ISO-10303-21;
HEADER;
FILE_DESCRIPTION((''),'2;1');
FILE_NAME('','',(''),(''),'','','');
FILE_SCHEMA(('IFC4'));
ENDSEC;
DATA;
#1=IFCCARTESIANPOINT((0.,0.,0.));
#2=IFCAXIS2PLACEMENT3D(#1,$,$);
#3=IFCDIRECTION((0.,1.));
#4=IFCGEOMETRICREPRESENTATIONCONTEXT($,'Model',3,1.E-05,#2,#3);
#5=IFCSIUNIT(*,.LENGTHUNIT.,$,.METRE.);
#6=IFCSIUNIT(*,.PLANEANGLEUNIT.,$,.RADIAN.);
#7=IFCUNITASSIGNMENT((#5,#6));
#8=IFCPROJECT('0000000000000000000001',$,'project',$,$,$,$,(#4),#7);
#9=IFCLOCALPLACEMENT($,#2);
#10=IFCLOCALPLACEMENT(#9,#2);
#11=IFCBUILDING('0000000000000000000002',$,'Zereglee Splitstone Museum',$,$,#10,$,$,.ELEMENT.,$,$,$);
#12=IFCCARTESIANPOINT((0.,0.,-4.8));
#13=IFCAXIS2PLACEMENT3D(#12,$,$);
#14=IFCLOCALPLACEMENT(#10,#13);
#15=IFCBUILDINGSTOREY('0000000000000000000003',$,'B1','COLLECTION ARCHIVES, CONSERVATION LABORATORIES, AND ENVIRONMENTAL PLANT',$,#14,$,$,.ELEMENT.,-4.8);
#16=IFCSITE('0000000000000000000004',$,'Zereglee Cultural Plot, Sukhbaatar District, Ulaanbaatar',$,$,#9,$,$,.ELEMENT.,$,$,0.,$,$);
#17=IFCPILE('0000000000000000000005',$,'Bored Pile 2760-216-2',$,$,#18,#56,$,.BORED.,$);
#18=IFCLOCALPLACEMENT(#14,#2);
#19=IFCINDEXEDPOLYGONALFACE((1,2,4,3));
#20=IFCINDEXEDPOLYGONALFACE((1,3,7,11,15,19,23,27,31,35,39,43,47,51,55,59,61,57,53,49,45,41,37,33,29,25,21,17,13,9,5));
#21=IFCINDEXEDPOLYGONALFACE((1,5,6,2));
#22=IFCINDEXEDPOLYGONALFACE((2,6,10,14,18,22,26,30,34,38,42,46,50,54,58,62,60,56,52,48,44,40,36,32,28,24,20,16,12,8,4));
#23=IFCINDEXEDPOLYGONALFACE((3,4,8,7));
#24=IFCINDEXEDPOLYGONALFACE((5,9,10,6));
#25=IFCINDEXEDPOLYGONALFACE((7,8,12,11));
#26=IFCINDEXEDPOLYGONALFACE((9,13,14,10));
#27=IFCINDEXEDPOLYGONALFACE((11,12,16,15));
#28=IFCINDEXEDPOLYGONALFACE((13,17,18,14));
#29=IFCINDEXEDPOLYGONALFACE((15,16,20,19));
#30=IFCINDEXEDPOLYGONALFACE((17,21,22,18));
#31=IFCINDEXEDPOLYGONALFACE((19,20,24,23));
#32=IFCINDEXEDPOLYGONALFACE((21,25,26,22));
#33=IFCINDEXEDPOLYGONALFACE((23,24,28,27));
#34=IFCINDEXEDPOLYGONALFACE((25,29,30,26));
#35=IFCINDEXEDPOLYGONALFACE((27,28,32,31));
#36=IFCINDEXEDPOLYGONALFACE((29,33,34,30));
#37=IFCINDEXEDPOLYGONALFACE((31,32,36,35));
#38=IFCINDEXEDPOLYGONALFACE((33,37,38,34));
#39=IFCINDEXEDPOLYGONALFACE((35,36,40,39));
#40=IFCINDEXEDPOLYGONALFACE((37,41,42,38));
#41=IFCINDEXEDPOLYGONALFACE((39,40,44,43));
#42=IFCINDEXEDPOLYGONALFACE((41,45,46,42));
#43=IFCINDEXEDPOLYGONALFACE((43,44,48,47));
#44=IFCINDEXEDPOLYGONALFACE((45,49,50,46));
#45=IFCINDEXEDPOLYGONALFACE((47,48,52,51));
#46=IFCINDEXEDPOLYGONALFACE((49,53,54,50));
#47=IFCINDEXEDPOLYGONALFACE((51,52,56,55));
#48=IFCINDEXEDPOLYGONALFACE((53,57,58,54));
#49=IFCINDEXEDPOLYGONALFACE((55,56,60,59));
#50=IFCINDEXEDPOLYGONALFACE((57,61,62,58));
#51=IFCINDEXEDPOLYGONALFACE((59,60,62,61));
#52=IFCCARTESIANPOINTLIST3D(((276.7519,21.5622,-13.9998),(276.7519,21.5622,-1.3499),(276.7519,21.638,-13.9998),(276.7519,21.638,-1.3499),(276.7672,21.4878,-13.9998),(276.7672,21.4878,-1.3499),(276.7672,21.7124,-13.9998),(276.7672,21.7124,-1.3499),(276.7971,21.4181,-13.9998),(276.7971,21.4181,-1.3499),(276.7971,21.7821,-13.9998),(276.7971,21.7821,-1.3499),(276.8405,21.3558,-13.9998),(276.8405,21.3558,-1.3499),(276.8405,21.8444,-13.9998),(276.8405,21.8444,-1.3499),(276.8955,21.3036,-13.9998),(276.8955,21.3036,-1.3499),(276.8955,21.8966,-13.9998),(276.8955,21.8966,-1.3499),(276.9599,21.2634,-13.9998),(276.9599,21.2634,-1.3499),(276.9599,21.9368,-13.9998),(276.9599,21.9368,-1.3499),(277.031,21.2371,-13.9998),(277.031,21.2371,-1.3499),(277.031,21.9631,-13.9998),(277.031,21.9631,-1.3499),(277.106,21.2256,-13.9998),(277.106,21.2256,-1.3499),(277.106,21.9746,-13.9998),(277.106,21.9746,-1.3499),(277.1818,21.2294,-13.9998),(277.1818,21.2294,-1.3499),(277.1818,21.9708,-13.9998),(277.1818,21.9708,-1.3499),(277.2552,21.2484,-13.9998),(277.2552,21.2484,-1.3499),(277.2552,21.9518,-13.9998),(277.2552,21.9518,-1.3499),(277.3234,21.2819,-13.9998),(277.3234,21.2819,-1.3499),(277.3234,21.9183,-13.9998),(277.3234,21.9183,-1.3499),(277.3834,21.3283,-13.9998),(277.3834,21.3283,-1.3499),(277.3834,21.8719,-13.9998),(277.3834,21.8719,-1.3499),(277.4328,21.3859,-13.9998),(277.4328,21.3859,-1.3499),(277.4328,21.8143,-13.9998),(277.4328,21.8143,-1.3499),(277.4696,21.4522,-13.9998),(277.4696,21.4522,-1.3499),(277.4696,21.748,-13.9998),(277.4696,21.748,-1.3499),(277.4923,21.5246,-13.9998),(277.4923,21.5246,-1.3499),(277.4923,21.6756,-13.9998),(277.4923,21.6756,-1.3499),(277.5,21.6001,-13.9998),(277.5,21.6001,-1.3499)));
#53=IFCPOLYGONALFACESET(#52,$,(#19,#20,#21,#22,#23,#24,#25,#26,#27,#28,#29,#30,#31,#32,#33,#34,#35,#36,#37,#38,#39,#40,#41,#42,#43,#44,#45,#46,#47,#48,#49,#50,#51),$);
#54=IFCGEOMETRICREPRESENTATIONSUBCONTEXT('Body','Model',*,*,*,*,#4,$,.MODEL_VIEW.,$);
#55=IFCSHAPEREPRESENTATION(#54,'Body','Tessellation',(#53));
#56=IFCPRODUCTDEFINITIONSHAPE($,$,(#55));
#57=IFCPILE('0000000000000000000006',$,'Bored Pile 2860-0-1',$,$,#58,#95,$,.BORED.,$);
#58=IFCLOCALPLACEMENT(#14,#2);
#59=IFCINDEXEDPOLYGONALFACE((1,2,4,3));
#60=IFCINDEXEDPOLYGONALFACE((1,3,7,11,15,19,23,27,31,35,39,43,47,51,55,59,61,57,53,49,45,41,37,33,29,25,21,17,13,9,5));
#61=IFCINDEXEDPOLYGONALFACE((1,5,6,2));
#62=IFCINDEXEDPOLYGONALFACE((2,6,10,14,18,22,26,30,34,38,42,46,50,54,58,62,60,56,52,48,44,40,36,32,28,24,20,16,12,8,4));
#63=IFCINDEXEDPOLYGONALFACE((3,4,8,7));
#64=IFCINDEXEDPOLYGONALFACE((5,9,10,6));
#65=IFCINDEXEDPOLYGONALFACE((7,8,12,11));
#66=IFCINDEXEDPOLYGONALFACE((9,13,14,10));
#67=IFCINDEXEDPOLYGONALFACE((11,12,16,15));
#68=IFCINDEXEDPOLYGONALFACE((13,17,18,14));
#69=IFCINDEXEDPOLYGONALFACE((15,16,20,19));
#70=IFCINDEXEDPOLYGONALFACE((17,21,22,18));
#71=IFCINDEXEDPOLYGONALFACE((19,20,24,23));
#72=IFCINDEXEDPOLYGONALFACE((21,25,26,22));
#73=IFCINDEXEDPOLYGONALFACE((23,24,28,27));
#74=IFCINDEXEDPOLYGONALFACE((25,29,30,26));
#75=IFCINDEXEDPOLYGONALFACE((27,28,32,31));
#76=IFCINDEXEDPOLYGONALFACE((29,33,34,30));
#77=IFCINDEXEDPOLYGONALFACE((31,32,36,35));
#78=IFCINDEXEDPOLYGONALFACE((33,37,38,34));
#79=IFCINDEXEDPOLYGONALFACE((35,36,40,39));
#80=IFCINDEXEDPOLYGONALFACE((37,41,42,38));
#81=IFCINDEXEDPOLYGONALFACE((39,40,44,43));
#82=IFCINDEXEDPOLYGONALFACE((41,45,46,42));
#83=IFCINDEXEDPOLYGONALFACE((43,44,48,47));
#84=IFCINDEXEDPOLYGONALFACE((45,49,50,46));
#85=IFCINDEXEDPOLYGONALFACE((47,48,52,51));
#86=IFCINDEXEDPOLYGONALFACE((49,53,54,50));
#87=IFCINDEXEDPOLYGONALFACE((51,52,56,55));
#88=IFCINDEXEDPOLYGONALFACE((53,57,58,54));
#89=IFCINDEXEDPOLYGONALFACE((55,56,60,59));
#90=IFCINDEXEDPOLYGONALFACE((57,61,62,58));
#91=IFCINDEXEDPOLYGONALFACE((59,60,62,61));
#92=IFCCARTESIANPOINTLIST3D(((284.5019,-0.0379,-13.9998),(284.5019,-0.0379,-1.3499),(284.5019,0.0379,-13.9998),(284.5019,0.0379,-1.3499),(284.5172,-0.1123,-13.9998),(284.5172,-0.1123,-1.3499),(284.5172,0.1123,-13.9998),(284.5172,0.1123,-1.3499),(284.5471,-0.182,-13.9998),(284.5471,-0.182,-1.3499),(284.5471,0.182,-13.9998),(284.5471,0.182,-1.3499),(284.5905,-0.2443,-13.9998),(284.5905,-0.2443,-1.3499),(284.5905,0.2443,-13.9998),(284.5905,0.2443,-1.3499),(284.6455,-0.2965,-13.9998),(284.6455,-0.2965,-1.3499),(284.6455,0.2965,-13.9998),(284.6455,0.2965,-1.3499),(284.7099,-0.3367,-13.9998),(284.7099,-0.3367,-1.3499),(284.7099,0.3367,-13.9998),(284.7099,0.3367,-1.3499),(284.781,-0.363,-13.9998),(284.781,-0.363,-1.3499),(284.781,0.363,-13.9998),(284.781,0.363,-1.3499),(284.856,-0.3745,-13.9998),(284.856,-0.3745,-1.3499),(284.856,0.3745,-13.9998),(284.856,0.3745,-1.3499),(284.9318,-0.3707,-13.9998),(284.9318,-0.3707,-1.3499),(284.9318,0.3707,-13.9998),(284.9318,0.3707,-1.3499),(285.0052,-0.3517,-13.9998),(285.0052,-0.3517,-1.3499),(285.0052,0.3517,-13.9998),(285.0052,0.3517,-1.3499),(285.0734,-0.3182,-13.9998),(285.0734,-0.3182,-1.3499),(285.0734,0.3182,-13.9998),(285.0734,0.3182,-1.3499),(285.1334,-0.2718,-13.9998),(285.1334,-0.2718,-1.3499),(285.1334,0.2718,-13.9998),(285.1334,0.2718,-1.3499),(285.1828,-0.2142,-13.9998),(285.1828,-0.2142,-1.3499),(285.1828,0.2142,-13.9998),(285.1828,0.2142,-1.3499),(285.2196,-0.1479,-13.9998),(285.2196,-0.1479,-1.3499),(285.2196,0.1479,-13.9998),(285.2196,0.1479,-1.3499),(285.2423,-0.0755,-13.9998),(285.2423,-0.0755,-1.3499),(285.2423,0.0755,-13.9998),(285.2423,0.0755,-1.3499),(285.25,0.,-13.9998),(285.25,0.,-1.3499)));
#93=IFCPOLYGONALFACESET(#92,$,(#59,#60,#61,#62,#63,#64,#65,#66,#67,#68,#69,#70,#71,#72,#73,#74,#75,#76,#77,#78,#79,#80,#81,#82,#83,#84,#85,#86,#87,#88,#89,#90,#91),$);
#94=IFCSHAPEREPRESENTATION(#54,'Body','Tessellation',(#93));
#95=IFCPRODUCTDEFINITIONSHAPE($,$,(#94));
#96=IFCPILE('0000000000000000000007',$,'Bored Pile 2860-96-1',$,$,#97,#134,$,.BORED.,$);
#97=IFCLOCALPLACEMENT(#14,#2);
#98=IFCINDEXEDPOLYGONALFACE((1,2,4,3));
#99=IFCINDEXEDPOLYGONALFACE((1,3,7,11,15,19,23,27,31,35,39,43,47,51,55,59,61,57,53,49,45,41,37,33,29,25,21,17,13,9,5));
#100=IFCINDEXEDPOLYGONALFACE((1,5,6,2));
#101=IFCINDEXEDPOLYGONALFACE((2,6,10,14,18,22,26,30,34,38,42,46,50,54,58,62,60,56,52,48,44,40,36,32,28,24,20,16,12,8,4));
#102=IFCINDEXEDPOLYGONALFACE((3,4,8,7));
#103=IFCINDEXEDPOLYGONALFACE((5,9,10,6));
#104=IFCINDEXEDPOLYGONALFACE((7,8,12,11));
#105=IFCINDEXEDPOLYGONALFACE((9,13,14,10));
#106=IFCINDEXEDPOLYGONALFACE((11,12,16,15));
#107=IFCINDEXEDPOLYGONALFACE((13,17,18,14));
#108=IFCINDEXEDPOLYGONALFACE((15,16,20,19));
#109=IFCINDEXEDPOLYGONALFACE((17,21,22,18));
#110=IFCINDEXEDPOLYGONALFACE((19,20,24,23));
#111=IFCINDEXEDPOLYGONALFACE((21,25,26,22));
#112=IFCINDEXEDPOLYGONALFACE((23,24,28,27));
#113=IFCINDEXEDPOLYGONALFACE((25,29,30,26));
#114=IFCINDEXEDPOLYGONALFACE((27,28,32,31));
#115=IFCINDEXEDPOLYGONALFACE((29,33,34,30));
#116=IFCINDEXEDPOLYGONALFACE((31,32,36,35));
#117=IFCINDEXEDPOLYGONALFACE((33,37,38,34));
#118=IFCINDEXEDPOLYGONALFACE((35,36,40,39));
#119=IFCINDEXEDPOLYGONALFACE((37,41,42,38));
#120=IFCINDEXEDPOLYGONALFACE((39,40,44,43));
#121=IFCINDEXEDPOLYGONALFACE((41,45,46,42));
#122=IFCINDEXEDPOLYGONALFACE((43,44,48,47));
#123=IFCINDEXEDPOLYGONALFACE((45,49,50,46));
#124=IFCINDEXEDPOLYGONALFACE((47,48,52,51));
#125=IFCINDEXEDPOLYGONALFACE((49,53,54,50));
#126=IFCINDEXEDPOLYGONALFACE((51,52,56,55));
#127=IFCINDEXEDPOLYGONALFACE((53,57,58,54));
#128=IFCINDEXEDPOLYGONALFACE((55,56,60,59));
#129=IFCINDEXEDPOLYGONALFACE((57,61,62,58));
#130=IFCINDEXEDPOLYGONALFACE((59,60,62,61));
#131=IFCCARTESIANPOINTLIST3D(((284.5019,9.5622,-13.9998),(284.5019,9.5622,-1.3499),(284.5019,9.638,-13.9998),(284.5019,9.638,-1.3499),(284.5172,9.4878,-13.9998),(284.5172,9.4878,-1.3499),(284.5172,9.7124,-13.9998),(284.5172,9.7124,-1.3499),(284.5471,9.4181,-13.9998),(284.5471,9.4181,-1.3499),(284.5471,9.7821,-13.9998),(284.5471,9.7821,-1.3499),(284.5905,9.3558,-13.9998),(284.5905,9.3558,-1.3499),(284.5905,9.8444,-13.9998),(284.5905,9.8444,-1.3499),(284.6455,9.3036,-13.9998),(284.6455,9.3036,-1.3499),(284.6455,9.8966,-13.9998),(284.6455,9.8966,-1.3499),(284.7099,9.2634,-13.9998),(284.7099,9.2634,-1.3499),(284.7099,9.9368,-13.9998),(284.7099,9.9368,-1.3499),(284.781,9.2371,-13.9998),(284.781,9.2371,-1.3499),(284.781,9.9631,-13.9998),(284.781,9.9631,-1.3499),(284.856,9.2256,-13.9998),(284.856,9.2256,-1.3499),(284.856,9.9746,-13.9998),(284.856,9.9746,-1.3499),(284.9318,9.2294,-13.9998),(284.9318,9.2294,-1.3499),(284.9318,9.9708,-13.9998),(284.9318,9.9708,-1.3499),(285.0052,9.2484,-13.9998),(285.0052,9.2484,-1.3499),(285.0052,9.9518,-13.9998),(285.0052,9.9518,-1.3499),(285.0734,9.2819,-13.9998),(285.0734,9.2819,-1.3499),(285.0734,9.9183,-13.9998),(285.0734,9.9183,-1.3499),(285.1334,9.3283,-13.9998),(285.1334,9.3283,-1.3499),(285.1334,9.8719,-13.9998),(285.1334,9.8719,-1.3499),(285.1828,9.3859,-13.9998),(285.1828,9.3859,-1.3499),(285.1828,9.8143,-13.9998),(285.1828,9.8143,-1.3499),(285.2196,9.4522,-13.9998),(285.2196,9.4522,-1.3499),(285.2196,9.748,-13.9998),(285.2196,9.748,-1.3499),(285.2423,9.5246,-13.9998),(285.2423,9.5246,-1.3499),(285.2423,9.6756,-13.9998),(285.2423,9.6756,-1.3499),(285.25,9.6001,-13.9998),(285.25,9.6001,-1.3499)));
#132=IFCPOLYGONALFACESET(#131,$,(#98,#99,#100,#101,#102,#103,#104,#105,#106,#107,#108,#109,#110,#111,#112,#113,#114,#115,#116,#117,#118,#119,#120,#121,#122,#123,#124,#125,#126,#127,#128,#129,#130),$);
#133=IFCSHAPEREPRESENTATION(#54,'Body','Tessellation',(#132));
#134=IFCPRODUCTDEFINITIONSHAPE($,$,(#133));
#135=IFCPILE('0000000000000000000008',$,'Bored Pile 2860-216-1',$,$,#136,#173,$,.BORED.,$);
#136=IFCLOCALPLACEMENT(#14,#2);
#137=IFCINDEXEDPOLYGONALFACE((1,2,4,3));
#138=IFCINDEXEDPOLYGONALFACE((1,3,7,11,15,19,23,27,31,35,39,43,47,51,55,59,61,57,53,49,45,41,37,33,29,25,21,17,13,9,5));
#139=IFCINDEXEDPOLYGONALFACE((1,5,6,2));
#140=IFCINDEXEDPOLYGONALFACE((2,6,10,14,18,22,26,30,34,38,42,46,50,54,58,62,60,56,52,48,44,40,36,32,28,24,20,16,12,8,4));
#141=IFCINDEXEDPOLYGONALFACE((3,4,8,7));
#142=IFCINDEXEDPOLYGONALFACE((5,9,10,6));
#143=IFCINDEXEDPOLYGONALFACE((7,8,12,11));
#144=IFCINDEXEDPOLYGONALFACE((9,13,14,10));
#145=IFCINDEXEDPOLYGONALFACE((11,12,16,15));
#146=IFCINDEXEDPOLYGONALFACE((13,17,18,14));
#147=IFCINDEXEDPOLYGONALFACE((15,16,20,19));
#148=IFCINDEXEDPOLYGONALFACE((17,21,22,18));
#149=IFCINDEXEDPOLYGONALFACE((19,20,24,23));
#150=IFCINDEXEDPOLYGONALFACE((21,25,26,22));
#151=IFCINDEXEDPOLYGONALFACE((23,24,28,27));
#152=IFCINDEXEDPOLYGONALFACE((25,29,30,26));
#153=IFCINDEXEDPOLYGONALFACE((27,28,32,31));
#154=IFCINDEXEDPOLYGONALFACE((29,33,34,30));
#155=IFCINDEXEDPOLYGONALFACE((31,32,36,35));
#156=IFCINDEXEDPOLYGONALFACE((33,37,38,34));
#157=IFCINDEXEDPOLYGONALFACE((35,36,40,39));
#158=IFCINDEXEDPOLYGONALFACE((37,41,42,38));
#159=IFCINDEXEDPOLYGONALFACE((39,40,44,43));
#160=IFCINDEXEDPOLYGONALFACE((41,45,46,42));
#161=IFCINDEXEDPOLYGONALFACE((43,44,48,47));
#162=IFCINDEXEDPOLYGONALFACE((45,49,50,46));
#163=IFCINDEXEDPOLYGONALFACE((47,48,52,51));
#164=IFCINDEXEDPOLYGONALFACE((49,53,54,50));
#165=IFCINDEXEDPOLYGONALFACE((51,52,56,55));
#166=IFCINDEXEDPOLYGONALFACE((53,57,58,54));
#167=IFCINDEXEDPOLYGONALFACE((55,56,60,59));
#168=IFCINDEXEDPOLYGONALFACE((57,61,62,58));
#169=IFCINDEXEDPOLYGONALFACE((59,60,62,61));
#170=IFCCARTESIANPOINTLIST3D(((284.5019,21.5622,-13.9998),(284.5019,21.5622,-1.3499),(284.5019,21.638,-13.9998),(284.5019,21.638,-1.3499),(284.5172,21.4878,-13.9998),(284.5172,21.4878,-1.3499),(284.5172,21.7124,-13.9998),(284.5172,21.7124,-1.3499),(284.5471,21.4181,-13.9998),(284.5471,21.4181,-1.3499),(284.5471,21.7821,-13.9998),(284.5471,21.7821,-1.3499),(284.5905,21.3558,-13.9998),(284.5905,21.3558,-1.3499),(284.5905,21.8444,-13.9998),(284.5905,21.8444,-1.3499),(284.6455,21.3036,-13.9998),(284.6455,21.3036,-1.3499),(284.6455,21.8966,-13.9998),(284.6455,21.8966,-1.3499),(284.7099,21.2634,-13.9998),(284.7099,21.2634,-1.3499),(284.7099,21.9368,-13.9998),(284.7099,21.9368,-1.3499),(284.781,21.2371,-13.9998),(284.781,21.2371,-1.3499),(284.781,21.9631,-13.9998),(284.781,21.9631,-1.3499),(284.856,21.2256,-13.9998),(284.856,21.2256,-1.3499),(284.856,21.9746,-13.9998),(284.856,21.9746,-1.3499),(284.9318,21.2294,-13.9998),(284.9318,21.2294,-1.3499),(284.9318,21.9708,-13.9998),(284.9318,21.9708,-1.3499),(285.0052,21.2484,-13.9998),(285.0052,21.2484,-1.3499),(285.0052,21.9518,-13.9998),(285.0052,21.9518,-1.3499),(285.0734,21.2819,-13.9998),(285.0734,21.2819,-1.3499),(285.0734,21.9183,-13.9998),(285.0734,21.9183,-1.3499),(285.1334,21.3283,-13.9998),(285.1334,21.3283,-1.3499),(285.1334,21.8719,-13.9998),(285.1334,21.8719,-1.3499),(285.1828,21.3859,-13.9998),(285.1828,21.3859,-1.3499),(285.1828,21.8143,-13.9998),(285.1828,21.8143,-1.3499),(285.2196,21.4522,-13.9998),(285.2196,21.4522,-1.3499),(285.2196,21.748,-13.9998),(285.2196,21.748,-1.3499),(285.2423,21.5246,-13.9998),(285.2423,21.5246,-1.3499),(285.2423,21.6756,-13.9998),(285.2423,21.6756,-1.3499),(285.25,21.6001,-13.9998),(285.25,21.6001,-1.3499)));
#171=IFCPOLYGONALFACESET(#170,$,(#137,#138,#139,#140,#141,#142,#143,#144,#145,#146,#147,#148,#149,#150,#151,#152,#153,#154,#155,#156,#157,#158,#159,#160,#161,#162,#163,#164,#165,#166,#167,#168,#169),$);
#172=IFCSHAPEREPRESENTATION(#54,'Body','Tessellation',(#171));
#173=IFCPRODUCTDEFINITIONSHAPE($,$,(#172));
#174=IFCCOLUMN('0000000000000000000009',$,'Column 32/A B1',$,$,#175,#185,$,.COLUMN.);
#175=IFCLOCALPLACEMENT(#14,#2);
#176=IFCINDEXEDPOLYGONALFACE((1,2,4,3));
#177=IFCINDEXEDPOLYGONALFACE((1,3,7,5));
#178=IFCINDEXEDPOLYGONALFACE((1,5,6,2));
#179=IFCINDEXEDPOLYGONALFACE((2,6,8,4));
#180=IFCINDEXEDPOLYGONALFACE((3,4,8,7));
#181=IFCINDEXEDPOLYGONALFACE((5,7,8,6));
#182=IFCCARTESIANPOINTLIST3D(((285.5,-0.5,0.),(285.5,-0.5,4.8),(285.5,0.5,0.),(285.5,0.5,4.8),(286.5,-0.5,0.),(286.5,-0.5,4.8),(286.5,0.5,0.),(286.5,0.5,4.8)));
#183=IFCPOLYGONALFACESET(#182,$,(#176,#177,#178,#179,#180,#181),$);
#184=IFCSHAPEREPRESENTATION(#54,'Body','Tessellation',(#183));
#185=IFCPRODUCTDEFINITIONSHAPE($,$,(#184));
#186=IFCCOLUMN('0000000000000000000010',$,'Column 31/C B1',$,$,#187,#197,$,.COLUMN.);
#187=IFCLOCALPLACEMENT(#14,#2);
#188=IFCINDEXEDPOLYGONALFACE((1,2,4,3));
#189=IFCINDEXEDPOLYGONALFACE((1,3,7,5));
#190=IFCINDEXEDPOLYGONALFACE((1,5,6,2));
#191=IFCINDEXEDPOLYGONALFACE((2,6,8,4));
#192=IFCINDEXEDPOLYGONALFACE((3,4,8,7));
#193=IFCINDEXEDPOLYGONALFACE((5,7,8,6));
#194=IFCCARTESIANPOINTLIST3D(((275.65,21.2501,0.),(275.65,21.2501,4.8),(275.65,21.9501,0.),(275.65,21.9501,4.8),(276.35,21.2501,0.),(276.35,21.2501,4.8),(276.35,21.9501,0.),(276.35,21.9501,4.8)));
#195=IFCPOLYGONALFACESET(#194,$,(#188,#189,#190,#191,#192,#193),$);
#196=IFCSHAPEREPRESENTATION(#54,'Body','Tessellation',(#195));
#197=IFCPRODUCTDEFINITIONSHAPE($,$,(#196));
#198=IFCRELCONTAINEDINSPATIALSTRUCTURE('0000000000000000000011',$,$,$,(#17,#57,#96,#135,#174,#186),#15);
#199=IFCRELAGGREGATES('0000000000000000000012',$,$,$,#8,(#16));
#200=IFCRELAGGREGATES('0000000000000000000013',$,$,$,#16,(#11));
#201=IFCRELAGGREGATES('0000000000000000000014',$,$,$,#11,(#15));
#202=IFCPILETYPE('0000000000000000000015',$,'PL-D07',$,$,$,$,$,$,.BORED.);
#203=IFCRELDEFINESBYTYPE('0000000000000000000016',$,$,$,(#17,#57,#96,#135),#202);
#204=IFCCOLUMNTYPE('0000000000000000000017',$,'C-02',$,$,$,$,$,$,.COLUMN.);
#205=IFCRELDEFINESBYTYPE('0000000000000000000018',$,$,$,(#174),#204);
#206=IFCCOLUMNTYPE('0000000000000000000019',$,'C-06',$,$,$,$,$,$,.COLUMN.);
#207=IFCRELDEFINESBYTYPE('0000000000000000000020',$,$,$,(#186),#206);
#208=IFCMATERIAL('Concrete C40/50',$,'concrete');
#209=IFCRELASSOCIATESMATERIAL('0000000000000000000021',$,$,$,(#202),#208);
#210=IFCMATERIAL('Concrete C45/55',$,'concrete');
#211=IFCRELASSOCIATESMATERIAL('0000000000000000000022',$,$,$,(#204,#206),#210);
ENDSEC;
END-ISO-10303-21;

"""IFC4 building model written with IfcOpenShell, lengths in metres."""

from ifc_helpers import new_model, si_unit, direction, frame, origin, origin_2d, place, context, subcontext, project, spatial, rectangle, circle, extrude, material, material_profile, profile_set, type_object, element, save


model = new_model("IFC4")

# Units and contexts
model_context = context("Model", 3, precision=1e-05, world=origin(), true_north=direction((0.0, 1.0)))
body_context = subcontext(model_context, "Body", "Model", "MODEL_VIEW")
ifc_project = project(units=[si_unit("LENGTHUNIT", "METRE"), si_unit("PLANEANGLEUNIT", "RADIAN")], contexts=[model_context])

# Site, building, storey
site_placement = place(None, origin())
site = spatial("IfcSite", under=ifc_project, at=site_placement, Name="Zereglee Cultural Plot, Sukhbaatar District, Ulaanbaatar", CompositionType="ELEMENT", RefElevation=0.0)
building_placement = place(site_placement, origin())
building = spatial("IfcBuilding", under=site, at=building_placement, Name="Zereglee Splitstone Museum", CompositionType="ELEMENT")
storey_placement = place(building_placement, frame((0.0, 0.0, -4.8)))
storey = spatial("IfcBuildingStorey", under=building, at=storey_placement, Name="B1", Description="COLLECTION ARCHIVES, CONSERVATION LABORATORIES, AND ENVIRONMENTAL PLANT", CompositionType="ELEMENT", Elevation=-4.8)

# Shared definitions
ifc_material_1 = material(Name="Concrete C40/50", Category="concrete")

# Piles
ifc_material_profile_1 = material_profile(ifc_material_1, circle(Radius=0.375, at=origin_2d()), Name="PILE D750")
ifc_profile_set_1 = profile_set([ifc_material_profile_1], Name="Concrete C40/50")
pile_type = type_object("IfcPileType", Name="PL-D07", PredefinedType="BORED", material=ifc_profile_set_1)
for number, where, z_axis, x_axis, name in (
    (1, (277.125, 21.6001, -1.3499), (0.0, 0.0, -1.0), (1.0, 0.0, 0.0), "Bored Pile 2760-216-2"),
    (2, (284.875, 0.0, -1.3499), (0.0, 0.0, -1.0), (1.0, 0.0, 0.0), "Bored Pile 2860-0-1"),
    (3, (284.875, 9.6001, -1.3499), (0.0, 0.0, -1.0), (1.0, 0.0, 0.0), "Bored Pile 2860-96-1"),
    (4, (284.875, 21.6001, -1.3499), (0.0, 0.0, -1.0), (1.0, 0.0, 0.0), "Bored Pile 2860-216-1"),
):
    element("IfcPile", number, at=place(storey_placement, frame(where, z_axis=z_axis, x_axis=x_axis)), inside=storey, type_object=pile_type, Name=name, PredefinedType="BORED", context=body_context, shape_type="SweptSolid", body=[
        extrude(circle(Radius=0.375, at=origin_2d()), origin(), (0.0, 0.0, 1.0), 12.6499),
    ])

# Columns
ifc_material_2 = material(Name="Concrete C45/55", Category="concrete")
ifc_material_profile_2 = material_profile(ifc_material_2, rectangle(XDim=1.0, YDim=1.0, at=origin_2d()), Name="RC 1000x1000")
ifc_profile_set_2 = profile_set([ifc_material_profile_2], Name="Concrete C45/55")
column_type_1 = type_object("IfcColumnType", Name="C-02", PredefinedType="COLUMN", material=ifc_profile_set_2)
column_1_placement = place(storey_placement, frame((286.0, 0.0, 0.0), z_axis=(0.0, 0.0, 1.0), x_axis=(1.0, 0.0, 0.0)))
element("IfcColumn", 5, at=column_1_placement, inside=storey, type_object=column_type_1, Name="Column 32/A B1", PredefinedType="COLUMN", context=body_context, shape_type="SweptSolid", body=[
    extrude(rectangle(XDim=1.0, YDim=1.0, at=origin_2d()), origin(), (0.0, 0.0, 1.0), 4.8),
])
ifc_material_profile_3 = material_profile(ifc_material_2, rectangle(XDim=0.7, YDim=0.7, at=origin_2d()), Name="RC 700x700")
ifc_profile_set_3 = profile_set([ifc_material_profile_3], Name="Concrete C45/55")
column_type_2 = type_object("IfcColumnType", Name="C-06", PredefinedType="COLUMN", material=ifc_profile_set_3)
column_2_placement = place(storey_placement, frame((276.0, 21.6001, 0.0), z_axis=(0.0, 0.0, 1.0), x_axis=(1.0, 0.0, 0.0)))
element("IfcColumn", 6, at=column_2_placement, inside=storey, type_object=column_type_2, Name="Column 31/C B1", PredefinedType="COLUMN", context=body_context, shape_type="SweptSolid", body=[
    extrude(rectangle(XDim=0.7, YDim=0.7, at=origin_2d()), origin(), (0.0, 0.0, 1.0), 4.8),
])

save(model, "model.ifc")
